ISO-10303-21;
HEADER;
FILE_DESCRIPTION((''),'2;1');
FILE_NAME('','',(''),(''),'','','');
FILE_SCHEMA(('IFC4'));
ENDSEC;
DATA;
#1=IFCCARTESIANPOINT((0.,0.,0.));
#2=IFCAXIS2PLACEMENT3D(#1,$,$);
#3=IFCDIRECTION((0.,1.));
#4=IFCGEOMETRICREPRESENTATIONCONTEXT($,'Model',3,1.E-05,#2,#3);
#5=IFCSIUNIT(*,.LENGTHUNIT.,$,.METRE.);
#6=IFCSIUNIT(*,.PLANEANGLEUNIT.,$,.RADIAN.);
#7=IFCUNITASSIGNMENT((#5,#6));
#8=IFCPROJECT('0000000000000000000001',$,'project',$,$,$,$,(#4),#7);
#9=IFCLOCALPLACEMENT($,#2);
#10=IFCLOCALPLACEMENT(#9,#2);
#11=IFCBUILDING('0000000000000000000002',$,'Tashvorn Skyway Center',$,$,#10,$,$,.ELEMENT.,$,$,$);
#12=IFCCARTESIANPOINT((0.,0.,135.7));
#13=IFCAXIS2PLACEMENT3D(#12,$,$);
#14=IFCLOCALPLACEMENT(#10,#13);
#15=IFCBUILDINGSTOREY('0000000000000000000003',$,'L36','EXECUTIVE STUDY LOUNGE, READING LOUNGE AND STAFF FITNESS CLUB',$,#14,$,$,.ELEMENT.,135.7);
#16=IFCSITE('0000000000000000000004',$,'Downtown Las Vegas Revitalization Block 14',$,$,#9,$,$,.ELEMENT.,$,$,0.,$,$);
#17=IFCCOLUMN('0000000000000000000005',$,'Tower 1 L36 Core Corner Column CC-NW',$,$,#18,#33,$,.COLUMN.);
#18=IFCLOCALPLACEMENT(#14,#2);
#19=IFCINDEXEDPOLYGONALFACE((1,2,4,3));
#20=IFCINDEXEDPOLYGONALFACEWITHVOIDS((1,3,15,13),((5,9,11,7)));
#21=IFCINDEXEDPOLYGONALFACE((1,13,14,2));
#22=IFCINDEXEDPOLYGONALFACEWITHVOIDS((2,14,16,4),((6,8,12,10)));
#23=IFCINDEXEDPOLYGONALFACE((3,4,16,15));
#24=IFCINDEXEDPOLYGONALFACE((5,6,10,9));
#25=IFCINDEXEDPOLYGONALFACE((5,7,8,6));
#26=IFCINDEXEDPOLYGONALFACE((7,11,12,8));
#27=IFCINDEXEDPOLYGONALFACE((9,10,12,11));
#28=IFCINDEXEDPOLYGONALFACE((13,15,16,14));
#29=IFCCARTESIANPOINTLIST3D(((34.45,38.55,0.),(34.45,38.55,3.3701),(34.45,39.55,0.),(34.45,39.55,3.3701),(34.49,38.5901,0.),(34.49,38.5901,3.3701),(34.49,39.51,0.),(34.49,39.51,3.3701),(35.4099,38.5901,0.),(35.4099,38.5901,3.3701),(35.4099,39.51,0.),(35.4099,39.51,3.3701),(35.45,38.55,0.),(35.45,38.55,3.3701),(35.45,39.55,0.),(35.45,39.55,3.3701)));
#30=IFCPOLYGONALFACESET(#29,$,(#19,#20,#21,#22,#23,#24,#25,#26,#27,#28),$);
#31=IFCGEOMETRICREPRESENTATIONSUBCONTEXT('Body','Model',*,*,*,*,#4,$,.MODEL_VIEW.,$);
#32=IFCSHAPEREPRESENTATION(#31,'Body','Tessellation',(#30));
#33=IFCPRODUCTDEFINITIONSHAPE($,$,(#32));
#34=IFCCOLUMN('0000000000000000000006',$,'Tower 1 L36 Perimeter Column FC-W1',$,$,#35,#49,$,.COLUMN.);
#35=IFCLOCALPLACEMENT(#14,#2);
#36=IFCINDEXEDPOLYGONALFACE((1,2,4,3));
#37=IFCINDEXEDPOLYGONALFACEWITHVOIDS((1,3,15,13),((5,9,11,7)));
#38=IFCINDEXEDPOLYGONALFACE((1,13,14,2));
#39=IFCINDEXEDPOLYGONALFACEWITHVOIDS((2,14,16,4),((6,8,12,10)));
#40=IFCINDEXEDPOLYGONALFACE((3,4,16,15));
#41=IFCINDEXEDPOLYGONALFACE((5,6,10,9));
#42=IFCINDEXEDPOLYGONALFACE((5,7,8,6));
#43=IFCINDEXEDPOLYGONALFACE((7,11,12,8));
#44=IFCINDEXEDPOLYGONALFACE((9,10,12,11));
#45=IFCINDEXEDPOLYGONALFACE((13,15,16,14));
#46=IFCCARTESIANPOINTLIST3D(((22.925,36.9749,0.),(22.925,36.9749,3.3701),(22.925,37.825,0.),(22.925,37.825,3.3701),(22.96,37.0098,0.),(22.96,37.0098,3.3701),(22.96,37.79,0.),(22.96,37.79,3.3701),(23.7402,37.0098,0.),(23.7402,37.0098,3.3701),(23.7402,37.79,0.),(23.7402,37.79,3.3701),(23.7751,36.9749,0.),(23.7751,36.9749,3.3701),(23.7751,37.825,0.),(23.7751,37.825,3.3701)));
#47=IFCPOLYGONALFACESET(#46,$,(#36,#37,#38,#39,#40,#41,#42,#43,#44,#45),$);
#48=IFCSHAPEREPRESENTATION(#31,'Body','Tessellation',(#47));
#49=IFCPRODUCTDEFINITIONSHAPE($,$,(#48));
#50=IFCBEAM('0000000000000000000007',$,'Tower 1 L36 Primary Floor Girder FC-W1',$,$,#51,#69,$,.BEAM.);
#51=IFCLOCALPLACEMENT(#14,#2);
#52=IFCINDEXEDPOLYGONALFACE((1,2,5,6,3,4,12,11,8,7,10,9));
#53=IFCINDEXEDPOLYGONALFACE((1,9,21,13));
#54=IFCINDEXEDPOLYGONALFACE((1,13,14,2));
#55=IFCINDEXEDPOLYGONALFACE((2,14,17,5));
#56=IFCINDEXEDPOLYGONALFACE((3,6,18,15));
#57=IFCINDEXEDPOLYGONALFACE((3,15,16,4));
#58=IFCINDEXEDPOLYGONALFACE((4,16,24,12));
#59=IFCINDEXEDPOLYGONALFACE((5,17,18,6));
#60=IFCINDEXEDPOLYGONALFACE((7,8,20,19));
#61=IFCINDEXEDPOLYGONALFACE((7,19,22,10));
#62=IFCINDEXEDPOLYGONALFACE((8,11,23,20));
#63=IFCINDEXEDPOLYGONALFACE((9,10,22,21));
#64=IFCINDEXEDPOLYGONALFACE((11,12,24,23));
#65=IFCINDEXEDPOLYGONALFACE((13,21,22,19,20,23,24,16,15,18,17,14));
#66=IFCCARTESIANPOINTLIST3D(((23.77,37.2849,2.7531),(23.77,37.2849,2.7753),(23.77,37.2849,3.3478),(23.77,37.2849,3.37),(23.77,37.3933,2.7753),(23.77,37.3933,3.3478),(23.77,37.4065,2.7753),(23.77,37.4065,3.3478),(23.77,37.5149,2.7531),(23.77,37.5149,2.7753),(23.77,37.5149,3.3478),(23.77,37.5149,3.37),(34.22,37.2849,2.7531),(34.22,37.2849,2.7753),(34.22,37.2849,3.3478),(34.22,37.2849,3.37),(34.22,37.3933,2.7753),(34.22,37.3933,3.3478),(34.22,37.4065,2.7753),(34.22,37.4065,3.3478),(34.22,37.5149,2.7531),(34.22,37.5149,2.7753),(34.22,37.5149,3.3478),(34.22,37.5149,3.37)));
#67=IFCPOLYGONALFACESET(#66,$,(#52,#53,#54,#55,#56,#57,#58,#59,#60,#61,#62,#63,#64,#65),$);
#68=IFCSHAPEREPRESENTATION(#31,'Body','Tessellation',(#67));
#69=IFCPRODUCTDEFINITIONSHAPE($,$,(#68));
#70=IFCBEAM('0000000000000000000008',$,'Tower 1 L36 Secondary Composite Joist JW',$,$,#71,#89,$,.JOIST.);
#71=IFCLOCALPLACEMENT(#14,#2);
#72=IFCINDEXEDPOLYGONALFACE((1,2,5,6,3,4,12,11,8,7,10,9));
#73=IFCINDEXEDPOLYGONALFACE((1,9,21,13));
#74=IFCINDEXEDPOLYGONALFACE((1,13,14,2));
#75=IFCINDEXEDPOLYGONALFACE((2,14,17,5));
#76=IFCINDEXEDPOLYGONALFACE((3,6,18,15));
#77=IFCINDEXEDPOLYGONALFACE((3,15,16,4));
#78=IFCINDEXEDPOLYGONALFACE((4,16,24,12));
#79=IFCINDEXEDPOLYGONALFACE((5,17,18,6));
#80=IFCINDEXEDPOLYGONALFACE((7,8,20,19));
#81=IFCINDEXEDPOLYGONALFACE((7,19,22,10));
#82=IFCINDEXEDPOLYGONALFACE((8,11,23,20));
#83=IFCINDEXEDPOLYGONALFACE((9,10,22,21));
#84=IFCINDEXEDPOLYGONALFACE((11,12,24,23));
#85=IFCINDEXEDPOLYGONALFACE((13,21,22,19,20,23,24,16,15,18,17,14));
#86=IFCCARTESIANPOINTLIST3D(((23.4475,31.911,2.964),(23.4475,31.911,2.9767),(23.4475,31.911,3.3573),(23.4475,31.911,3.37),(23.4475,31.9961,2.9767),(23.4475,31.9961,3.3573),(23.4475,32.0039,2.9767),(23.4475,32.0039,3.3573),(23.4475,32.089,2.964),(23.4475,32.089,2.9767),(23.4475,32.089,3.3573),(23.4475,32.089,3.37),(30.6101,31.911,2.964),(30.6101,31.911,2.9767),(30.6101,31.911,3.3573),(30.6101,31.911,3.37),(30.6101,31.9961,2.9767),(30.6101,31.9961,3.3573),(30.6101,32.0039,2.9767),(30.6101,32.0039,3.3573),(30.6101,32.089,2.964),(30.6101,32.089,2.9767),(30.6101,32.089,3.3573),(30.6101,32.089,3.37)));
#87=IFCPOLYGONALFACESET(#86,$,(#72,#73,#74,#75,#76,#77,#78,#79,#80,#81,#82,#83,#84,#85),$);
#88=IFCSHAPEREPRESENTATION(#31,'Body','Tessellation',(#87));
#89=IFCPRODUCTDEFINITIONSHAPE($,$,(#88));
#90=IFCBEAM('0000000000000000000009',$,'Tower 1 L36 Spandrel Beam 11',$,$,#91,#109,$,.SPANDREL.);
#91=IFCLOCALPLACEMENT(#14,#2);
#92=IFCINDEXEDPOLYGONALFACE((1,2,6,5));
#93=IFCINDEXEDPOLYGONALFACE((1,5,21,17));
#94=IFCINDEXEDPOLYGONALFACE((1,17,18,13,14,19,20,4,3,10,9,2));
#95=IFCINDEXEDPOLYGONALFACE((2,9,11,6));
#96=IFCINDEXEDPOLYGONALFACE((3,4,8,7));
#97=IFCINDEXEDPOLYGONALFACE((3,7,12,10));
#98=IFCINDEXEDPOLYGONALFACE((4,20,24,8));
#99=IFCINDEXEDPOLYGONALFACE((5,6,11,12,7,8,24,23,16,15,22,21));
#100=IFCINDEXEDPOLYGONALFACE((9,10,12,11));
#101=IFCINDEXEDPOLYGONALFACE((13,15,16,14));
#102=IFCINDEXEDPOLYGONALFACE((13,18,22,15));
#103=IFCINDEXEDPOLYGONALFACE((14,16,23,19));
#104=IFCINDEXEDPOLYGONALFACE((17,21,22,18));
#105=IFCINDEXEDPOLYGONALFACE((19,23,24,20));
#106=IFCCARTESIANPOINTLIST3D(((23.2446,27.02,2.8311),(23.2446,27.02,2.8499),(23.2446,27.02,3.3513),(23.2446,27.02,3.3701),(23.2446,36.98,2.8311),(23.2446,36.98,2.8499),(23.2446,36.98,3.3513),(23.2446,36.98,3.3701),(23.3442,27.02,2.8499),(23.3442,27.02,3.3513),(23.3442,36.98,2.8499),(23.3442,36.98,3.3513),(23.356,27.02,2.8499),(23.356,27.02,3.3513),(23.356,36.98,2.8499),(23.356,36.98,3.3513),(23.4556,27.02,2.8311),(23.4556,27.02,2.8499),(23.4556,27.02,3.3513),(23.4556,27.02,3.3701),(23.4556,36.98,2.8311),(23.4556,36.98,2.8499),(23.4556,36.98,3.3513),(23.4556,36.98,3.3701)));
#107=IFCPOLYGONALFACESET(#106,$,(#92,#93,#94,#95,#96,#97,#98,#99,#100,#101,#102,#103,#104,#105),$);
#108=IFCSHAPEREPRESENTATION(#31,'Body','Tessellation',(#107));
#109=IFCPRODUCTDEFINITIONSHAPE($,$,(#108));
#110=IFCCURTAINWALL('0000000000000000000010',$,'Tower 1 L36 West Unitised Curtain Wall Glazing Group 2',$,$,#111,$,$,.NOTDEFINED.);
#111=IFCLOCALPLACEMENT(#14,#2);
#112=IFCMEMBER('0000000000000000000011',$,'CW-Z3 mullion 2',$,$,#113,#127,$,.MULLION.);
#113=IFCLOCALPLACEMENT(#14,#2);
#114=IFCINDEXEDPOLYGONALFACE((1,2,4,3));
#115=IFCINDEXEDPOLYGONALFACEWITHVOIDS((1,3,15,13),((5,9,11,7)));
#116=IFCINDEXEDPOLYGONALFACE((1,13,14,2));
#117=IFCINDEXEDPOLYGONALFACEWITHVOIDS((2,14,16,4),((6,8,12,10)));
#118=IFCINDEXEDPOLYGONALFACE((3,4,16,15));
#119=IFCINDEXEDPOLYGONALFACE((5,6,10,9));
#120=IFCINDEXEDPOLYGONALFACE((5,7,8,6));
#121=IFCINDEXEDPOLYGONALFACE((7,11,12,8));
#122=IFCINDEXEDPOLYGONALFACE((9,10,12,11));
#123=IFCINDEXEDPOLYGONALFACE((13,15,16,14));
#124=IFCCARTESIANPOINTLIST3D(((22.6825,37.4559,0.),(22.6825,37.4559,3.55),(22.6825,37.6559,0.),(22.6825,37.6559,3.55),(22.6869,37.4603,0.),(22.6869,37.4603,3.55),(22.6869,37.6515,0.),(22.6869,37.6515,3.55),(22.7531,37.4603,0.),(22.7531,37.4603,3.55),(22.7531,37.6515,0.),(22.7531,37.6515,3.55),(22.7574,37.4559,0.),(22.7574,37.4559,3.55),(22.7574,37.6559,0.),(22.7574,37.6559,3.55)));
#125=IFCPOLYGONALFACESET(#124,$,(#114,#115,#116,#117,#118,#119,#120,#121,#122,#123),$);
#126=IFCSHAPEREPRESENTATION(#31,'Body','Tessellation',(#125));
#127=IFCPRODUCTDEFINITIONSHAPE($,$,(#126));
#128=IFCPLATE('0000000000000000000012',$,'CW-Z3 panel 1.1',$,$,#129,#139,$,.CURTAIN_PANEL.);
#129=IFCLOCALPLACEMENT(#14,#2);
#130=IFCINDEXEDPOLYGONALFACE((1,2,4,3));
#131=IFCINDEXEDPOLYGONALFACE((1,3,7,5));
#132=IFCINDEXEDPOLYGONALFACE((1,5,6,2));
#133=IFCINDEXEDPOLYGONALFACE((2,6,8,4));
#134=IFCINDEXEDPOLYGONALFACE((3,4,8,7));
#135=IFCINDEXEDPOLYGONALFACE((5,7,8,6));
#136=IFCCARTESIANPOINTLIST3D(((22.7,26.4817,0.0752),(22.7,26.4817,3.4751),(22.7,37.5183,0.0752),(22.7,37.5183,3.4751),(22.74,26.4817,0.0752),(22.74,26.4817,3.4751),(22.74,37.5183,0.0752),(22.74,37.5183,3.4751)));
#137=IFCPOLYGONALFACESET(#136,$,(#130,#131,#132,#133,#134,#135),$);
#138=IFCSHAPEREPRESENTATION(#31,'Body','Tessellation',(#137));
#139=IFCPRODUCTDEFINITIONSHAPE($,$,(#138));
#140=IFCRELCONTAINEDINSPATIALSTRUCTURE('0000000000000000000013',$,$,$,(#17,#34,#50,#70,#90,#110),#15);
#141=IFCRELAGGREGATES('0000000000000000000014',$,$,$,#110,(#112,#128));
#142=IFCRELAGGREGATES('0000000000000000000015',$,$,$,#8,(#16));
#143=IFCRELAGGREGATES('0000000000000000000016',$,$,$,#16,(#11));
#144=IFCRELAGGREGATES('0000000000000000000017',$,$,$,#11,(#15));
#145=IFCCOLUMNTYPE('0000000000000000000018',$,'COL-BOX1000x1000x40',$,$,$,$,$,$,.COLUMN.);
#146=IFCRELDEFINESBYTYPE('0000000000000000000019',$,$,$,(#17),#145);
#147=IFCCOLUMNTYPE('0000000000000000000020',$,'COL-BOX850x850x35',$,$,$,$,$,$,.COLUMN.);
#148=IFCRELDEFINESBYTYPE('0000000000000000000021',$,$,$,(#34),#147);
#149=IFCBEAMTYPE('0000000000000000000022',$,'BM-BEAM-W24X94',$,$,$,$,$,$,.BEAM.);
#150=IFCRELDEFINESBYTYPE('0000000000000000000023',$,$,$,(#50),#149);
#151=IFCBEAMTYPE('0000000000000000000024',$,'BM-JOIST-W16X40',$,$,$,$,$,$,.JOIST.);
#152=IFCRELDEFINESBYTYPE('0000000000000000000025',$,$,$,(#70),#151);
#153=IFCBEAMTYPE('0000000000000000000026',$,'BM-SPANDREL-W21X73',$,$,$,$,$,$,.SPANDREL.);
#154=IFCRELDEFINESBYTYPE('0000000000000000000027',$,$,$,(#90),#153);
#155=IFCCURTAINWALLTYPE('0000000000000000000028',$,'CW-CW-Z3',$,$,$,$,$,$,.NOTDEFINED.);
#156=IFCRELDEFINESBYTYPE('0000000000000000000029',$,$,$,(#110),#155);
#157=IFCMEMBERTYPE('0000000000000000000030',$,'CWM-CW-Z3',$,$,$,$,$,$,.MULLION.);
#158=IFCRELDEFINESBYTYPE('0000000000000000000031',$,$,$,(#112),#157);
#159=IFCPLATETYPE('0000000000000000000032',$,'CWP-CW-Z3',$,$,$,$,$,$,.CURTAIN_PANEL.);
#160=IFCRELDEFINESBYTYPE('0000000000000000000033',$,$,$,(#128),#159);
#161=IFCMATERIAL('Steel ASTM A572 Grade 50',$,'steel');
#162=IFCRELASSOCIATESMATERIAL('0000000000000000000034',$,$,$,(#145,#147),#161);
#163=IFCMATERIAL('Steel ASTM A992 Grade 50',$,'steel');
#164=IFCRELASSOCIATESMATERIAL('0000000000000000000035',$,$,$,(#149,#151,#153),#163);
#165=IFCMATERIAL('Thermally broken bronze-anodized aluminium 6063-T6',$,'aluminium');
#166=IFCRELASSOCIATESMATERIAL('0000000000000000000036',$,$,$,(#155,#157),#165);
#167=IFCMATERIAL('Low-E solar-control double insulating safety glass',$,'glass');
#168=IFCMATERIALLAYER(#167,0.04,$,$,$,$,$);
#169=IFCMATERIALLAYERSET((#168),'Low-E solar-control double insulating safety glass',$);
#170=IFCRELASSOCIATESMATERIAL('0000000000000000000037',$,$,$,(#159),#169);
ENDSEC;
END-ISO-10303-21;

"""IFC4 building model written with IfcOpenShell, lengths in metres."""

from ifc_helpers import new_model, si_unit, direction, frame, origin, origin_2d, place, context, subcontext, project, spatial, rectangle, hollow_rectangle, i_section, extrude, material, layer, layer_set, material_profile, profile_set, type_object, element, aggregate, save


model = new_model("IFC4")

# Units and contexts
model_context = context("Model", 3, precision=1e-05, world=origin(), true_north=direction((0.0, 1.0)))
body_context = subcontext(model_context, "Body", "Model", "MODEL_VIEW")
ifc_project = project(units=[si_unit("LENGTHUNIT", "METRE"), si_unit("PLANEANGLEUNIT", "RADIAN")], contexts=[model_context])

# Site, building, storey
site_placement = place(None, origin())
site = spatial("IfcSite", under=ifc_project, at=site_placement, Name="Downtown Las Vegas Revitalization Block 14", CompositionType="ELEMENT", RefElevation=0.0)
building_placement = place(site_placement, origin())
building = spatial("IfcBuilding", under=site, at=building_placement, Name="Tashvorn Skyway Center", CompositionType="ELEMENT")
storey_placement = place(building_placement, frame((0.0, 0.0, 135.7)))
storey = spatial("IfcBuildingStorey", under=building, at=storey_placement, Name="L36", Description="EXECUTIVE STUDY LOUNGE, READING LOUNGE AND STAFF FITNESS CLUB", CompositionType="ELEMENT", Elevation=135.7)

# Columns
ifc_material_1 = material(Name="Steel ASTM A572 Grade 50", Category="steel")
ifc_material_profile_1 = material_profile(ifc_material_1, hollow_rectangle(XDim=1.0, YDim=1.0, WallThickness=0.04, at=origin_2d()), Name="BOX1000x1000x40")
ifc_profile_set_1 = profile_set([ifc_material_profile_1], Name="Steel ASTM A572 Grade 50")
column_type_1 = type_object("IfcColumnType", Name="COL-BOX1000x1000x40", PredefinedType="COLUMN", material=ifc_profile_set_1)
column_1_placement = place(storey_placement, frame((34.95, 39.05, 0.0), z_axis=(0.0, 0.0, 1.0), x_axis=(1.0, 0.0, 0.0)))
element("IfcColumn", 1, at=column_1_placement, inside=storey, type_object=column_type_1, Name="Tower 1 L36 Core Corner Column CC-NW", PredefinedType="COLUMN", context=body_context, shape_type="SweptSolid", body=[
    extrude(hollow_rectangle(XDim=1.0, YDim=1.0, WallThickness=0.04, at=origin_2d()), origin(), (0.0, 0.0, 1.0), 3.3701),
])
ifc_material_profile_2 = material_profile(ifc_material_1, hollow_rectangle(XDim=0.8501, YDim=0.8501, WallThickness=0.0349, at=origin_2d()), Name="BOX850x850x35")
ifc_profile_set_2 = profile_set([ifc_material_profile_2], Name="Steel ASTM A572 Grade 50")
column_type_2 = type_object("IfcColumnType", Name="COL-BOX850x850x35", PredefinedType="COLUMN", material=ifc_profile_set_2)
column_2_placement = place(storey_placement, frame((23.3501, 37.3999, 0.0), z_axis=(0.0, 0.0, 1.0), x_axis=(1.0, 0.0, 0.0)))
element("IfcColumn", 2, at=column_2_placement, inside=storey, type_object=column_type_2, Name="Tower 1 L36 Perimeter Column FC-W1", PredefinedType="COLUMN", context=body_context, shape_type="SweptSolid", body=[
    extrude(hollow_rectangle(XDim=0.8501, YDim=0.8501, WallThickness=0.0349, at=origin_2d()), origin(), (0.0, 0.0, 1.0), 3.3701),
])

# Beams
ifc_material_2 = material(Name="Steel ASTM A992 Grade 50", Category="steel")
ifc_material_profile_3 = material_profile(ifc_material_2, i_section(OverallWidth=0.23, OverallDepth=0.6169, WebThickness=0.0132, FlangeThickness=0.0222, at=origin_2d()), Name="W24X94")
ifc_profile_set_3 = profile_set([ifc_material_profile_3], Name="Steel ASTM A992 Grade 50")
beam_type_1 = type_object("IfcBeamType", Name="BM-BEAM-W24X94", PredefinedType="BEAM", material=ifc_profile_set_3)
beam_1_placement = place(storey_placement, frame((23.77, 37.3999, 3.0615), z_axis=(1.0, 0.0, 0.0), x_axis=(0.0, 1.0, 0.0)))
element("IfcBeam", 3, at=beam_1_placement, inside=storey, type_object=beam_type_1, Name="Tower 1 L36 Primary Floor Girder FC-W1", PredefinedType="BEAM", context=body_context, shape_type="SweptSolid", body=[
    extrude(i_section(OverallWidth=0.23, OverallDepth=0.6169, WebThickness=0.0132, FlangeThickness=0.0222, at=origin_2d()), origin(), (0.0, 0.0, 1.0), 10.45),
])
ifc_material_profile_4 = material_profile(ifc_material_2, i_section(OverallWidth=0.178, OverallDepth=0.406, WebThickness=0.0078, FlangeThickness=0.0127, at=origin_2d()), Name="W16X40")
ifc_profile_set_4 = profile_set([ifc_material_profile_4], Name="Steel ASTM A992 Grade 50")
beam_type_2 = type_object("IfcBeamType", Name="BM-JOIST-W16X40", PredefinedType="JOIST", material=ifc_profile_set_4)
beam_2_placement = place(storey_placement, frame((30.6101, 32.0, 3.167), z_axis=(-1.0, 0.0, 0.0), x_axis=(0.0, -1.0, 0.0)))
element("IfcBeam", 4, at=beam_2_placement, inside=storey, type_object=beam_type_2, Name="Tower 1 L36 Secondary Composite Joist JW", PredefinedType="JOIST", context=body_context, shape_type="SweptSolid", body=[
    extrude(i_section(OverallWidth=0.178, OverallDepth=0.406, WebThickness=0.0078, FlangeThickness=0.0127, at=origin_2d()), origin(), (0.0, 0.0, 1.0), 7.1626),
])
ifc_material_profile_5 = material_profile(ifc_material_2, i_section(OverallWidth=0.2109, OverallDepth=0.5391, WebThickness=0.0117, FlangeThickness=0.0188, at=origin_2d()), Name="W21X73")
ifc_profile_set_5 = profile_set([ifc_material_profile_5], Name="Steel ASTM A992 Grade 50")
beam_type_3 = type_object("IfcBeamType", Name="BM-SPANDREL-W21X73", PredefinedType="SPANDREL", material=ifc_profile_set_5)
beam_3_placement = place(storey_placement, frame((23.3501, 36.98, 3.1006), z_axis=(0.0, -1.0, 0.0), x_axis=(1.0, 0.0, 0.0)))
element("IfcBeam", 5, at=beam_3_placement, inside=storey, type_object=beam_type_3, Name="Tower 1 L36 Spandrel Beam 11", PredefinedType="SPANDREL", context=body_context, shape_type="SweptSolid", body=[
    extrude(i_section(OverallWidth=0.2109, OverallDepth=0.5391, WebThickness=0.0117, FlangeThickness=0.0188, at=origin_2d()), origin(), (0.0, 0.0, 1.0), 9.96),
])

# Curtain wall, member, plate
ifc_material_3 = material(Name="Thermally broken bronze-anodized aluminium 6063-T6", Category="aluminium")
curtain_wall_type = type_object("IfcCurtainWallType", Name="CW-CW-Z3", PredefinedType="NOTDEFINED", material=ifc_material_3)
curtain_wall_placement = place(storey_placement, origin())
curtain_wall = element("IfcCurtainWall", 6, at=curtain_wall_placement, inside=storey, type_object=curtain_wall_type, Name="Tower 1 L36 West Unitised Curtain Wall Glazing Group 2", PredefinedType="NOTDEFINED")
ifc_material_profile_6 = material_profile(ifc_material_3, hollow_rectangle(XDim=0.075, YDim=0.2, WallThickness=0.0044, at=origin_2d()), Name="ALU-MULL-75x200")
ifc_profile_set_6 = profile_set([ifc_material_profile_6], Name="Thermally broken bronze-anodized aluminium 6063-T6")
member_type = type_object("IfcMemberType", Name="CWM-CW-Z3", PredefinedType="MULLION", material=ifc_profile_set_6)
member_placement = place(storey_placement, frame((22.72, 37.5559, 0.0), z_axis=(0.0, 0.0, 1.0), x_axis=(-1.0, 0.0, 0.0)))
member = element("IfcMember", 7, at=member_placement, type_object=member_type, Name="CW-Z3 mullion 2", PredefinedType="MULLION", context=body_context, shape_type="SweptSolid", body=[
    extrude(hollow_rectangle(XDim=0.075, YDim=0.2, WallThickness=0.0044, at=origin_2d()), origin(), (0.0, 0.0, 1.0), 3.55),
])
ifc_material_4 = material(Name="Low-E solar-control double insulating safety glass", Category="glass")
ifc_layer_1 = layer(ifc_material_4, 0.04)
ifc_layer_set_1 = layer_set([ifc_layer_1], Name="Low-E solar-control double insulating safety glass")
plate_type = type_object("IfcPlateType", Name="CWP-CW-Z3", PredefinedType="CURTAIN_PANEL", material=ifc_layer_set_1)
plate_placement = place(storey_placement, frame((22.72, 32.0, 0.0752), z_axis=(0.0, 0.0, 1.0), x_axis=(0.0, 1.0, 0.0)))
plate = element("IfcPlate", 8, at=plate_placement, type_object=plate_type, Name="CW-Z3 panel 1.1", PredefinedType="CURTAIN_PANEL", context=body_context, shape_type="SweptSolid", body=[
    extrude(rectangle(XDim=11.0366, YDim=0.04, at=origin_2d()), origin(), (0.0, 0.0, 1.0), 3.3999),
])
aggregate(curtain_wall, [member, plate])

save(model, "model.ifc")
